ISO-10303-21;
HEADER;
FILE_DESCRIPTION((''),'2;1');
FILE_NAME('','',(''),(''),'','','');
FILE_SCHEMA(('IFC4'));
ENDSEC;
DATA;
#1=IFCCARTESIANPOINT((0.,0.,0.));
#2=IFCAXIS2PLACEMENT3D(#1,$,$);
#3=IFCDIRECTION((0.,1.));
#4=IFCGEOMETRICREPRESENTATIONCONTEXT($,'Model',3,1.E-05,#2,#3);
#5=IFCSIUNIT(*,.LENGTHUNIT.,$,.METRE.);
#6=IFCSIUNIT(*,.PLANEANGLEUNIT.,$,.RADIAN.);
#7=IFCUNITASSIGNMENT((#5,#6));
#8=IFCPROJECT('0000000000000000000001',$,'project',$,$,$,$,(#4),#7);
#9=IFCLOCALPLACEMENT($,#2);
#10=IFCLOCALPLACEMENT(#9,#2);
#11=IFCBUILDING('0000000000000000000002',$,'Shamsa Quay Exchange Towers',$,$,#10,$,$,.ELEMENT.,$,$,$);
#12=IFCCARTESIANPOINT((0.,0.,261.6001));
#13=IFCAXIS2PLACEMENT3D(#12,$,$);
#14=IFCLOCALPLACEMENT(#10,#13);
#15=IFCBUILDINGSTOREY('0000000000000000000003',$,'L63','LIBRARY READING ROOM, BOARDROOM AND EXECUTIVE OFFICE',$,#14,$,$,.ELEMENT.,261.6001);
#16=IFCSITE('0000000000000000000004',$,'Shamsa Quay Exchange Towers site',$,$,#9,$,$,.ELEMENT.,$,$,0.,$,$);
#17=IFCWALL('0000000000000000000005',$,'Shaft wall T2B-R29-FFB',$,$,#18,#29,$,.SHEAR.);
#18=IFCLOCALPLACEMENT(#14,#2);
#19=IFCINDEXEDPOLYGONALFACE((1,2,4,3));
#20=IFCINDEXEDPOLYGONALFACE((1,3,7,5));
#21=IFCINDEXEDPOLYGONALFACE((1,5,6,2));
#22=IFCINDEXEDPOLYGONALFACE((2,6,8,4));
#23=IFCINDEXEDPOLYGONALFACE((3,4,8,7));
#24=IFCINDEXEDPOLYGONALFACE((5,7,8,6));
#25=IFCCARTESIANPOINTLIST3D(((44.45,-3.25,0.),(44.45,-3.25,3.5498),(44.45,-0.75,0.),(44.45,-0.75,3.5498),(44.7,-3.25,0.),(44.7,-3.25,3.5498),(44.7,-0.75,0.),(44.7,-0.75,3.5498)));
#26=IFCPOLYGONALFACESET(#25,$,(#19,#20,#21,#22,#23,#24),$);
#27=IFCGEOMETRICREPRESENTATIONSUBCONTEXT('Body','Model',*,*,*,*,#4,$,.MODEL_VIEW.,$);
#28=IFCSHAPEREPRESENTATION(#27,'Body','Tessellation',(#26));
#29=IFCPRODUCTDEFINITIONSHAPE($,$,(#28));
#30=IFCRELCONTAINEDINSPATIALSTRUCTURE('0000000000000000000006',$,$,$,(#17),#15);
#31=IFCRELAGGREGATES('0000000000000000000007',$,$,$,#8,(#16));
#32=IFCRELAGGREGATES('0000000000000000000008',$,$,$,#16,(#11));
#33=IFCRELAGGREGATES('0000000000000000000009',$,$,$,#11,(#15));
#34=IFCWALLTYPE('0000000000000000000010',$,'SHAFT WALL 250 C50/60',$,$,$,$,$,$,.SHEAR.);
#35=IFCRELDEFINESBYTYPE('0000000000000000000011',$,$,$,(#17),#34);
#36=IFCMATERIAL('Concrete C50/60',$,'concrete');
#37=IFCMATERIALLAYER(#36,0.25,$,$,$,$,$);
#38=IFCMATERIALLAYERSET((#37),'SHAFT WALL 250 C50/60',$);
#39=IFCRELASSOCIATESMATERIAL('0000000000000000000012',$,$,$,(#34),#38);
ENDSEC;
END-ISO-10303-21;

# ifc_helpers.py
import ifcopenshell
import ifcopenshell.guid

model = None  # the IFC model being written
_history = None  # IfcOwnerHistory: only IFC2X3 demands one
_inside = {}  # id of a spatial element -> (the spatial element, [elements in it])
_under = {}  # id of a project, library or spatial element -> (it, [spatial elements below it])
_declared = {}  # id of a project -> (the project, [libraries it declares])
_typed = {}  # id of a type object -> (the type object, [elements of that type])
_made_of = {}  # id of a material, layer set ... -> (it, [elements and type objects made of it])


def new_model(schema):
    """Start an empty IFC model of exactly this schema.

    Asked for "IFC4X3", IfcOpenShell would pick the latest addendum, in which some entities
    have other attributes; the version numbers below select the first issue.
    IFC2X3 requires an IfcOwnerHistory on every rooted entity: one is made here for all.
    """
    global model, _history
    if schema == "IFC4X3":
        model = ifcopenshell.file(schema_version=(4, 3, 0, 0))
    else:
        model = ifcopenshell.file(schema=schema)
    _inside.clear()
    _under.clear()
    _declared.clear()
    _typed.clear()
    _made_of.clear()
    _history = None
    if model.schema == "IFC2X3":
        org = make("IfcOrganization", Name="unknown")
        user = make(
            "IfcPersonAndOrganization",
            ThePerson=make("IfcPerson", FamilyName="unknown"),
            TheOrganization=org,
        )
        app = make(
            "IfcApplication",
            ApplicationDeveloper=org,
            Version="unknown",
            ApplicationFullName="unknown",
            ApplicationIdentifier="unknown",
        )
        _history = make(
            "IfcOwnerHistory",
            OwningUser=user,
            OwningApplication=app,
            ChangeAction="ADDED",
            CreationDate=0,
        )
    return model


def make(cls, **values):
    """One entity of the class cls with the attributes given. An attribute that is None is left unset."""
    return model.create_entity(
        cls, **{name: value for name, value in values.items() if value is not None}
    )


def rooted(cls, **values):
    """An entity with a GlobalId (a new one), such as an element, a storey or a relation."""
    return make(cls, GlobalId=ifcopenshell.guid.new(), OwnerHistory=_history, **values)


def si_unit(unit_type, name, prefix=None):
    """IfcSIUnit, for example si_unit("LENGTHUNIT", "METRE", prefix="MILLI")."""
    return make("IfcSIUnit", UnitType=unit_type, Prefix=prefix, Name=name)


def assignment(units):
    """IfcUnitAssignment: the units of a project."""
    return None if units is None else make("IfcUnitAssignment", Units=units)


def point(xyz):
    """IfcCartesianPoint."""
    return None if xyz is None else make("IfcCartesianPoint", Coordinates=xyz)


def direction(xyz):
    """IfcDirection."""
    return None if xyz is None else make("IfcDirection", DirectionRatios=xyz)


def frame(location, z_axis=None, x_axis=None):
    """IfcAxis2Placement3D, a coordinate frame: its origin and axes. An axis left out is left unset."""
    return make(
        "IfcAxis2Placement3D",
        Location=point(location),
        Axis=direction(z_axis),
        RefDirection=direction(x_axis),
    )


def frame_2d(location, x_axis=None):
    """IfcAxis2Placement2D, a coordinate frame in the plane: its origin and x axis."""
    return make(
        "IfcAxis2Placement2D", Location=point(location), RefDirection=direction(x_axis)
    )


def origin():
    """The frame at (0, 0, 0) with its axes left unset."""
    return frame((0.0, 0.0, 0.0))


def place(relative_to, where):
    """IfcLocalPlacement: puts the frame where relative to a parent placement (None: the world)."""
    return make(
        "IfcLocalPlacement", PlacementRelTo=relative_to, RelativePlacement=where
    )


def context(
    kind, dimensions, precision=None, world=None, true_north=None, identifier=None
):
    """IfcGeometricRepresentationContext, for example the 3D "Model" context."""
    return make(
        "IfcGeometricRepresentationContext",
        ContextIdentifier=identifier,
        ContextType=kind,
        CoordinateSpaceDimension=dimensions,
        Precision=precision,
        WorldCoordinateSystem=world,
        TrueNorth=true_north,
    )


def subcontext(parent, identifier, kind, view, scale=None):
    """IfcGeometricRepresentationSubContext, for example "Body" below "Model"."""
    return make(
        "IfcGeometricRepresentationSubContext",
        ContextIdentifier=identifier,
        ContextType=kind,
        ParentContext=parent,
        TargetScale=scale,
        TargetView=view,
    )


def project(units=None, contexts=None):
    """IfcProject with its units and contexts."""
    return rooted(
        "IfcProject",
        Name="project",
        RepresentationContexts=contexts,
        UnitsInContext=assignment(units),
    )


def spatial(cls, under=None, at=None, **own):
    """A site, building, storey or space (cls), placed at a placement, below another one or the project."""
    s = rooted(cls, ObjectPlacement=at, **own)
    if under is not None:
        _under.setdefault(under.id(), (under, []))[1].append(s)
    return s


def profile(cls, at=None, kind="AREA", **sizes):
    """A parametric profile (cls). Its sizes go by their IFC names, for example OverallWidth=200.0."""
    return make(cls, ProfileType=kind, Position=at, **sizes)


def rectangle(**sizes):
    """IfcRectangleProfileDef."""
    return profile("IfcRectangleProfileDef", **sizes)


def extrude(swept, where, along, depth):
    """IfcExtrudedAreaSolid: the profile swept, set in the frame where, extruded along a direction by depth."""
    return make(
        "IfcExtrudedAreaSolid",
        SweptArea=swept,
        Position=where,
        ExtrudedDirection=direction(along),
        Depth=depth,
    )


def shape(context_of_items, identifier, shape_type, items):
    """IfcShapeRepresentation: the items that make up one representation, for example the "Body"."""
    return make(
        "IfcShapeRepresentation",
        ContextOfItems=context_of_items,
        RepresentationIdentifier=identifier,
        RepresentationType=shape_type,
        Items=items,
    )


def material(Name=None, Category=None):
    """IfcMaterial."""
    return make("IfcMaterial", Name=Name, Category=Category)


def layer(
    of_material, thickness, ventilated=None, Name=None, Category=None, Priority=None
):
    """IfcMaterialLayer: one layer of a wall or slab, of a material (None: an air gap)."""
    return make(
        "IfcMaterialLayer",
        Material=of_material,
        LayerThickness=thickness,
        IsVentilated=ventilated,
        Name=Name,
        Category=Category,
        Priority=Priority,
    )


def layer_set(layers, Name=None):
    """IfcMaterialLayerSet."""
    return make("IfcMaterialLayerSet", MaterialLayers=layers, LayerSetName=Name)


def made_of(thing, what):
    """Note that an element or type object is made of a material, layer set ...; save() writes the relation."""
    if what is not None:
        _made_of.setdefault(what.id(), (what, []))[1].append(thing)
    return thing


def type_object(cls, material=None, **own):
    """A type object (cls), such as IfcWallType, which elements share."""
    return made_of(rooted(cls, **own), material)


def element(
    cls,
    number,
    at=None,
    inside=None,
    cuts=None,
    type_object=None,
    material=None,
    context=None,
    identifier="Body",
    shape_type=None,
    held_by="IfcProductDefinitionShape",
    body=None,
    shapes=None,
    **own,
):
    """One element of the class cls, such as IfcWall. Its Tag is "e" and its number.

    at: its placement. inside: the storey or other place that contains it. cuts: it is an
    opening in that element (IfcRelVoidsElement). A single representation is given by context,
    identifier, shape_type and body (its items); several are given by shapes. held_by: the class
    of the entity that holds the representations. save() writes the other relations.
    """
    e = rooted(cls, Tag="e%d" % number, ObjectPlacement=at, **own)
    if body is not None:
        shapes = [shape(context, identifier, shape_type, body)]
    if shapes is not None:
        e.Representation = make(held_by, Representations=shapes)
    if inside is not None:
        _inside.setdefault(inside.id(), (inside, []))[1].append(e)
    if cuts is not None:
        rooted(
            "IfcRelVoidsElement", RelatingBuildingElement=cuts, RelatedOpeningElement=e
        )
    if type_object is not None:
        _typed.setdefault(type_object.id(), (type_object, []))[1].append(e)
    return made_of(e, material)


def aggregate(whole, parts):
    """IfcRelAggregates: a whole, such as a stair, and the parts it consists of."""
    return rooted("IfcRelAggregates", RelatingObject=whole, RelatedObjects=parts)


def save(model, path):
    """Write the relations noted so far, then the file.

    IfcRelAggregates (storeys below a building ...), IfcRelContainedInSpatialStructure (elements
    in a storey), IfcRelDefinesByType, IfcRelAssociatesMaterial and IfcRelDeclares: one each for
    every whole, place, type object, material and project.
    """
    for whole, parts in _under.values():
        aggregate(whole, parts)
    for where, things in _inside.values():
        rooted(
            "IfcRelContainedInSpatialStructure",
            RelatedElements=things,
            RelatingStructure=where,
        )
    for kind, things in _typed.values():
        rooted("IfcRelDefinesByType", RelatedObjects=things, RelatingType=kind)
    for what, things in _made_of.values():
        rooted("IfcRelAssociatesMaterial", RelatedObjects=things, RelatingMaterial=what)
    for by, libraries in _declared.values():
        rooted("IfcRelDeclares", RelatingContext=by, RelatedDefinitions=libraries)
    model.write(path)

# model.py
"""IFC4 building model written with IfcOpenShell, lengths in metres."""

from ifc_helpers import new_model, si_unit, direction, frame, frame_2d, origin, place, context, subcontext, project, spatial, rectangle, extrude, material, layer, layer_set, type_object, element, save


model = new_model("IFC4")

# Units and contexts
model_context = context("Model", 3, precision=1e-05, world=origin(), true_north=direction((0.0, 1.0)))
body_context = subcontext(model_context, "Body", "Model", "MODEL_VIEW")
ifc_project = project(units=[si_unit("LENGTHUNIT", "METRE"), si_unit("PLANEANGLEUNIT", "RADIAN")], contexts=[model_context])

# Site, building, storey
site_placement = place(None, origin())
site = spatial("IfcSite", under=ifc_project, at=site_placement, Name="Shamsa Quay Exchange Towers site", CompositionType="ELEMENT", RefElevation=0.0)
building_placement = place(site_placement, origin())
building = spatial("IfcBuilding", under=site, at=building_placement, Name="Shamsa Quay Exchange Towers", CompositionType="ELEMENT")
storey_placement = place(building_placement, frame((0.0, 0.0, 261.6001)))
storey = spatial("IfcBuildingStorey", under=building, at=storey_placement, Name="L63", Description="LIBRARY READING ROOM, BOARDROOM AND EXECUTIVE OFFICE", CompositionType="ELEMENT", Elevation=261.6001)

# Wall
ifc_material_1 = material(Name="Concrete C50/60", Category="concrete")
ifc_layer_1 = layer(ifc_material_1, 0.25)
ifc_layer_set_1 = layer_set([ifc_layer_1], Name="SHAFT WALL 250 C50/60")
wall_type_1 = type_object("IfcWallType", Name="SHAFT WALL 250 C50/60", PredefinedType="SHEAR", material=ifc_layer_set_1)
wall_1_placement = place(storey_placement, frame((44.575, -3.25, 0.0), z_axis=(0.0, 0.0, 1.0), x_axis=(0.0, 1.0, 0.0)))
element("IfcWall", 1, at=wall_1_placement, inside=storey, type_object=wall_type_1, Name="Shaft wall T2B-R29-FFB", PredefinedType="SHEAR", context=body_context, shape_type="SweptSolid", body=[
    extrude(rectangle(XDim=2.5, YDim=0.25, at=frame_2d((1.25, 0.0))), origin(), (0.0, 0.0, 1.0), 3.5498),
])

save(model, "model.ifc")
